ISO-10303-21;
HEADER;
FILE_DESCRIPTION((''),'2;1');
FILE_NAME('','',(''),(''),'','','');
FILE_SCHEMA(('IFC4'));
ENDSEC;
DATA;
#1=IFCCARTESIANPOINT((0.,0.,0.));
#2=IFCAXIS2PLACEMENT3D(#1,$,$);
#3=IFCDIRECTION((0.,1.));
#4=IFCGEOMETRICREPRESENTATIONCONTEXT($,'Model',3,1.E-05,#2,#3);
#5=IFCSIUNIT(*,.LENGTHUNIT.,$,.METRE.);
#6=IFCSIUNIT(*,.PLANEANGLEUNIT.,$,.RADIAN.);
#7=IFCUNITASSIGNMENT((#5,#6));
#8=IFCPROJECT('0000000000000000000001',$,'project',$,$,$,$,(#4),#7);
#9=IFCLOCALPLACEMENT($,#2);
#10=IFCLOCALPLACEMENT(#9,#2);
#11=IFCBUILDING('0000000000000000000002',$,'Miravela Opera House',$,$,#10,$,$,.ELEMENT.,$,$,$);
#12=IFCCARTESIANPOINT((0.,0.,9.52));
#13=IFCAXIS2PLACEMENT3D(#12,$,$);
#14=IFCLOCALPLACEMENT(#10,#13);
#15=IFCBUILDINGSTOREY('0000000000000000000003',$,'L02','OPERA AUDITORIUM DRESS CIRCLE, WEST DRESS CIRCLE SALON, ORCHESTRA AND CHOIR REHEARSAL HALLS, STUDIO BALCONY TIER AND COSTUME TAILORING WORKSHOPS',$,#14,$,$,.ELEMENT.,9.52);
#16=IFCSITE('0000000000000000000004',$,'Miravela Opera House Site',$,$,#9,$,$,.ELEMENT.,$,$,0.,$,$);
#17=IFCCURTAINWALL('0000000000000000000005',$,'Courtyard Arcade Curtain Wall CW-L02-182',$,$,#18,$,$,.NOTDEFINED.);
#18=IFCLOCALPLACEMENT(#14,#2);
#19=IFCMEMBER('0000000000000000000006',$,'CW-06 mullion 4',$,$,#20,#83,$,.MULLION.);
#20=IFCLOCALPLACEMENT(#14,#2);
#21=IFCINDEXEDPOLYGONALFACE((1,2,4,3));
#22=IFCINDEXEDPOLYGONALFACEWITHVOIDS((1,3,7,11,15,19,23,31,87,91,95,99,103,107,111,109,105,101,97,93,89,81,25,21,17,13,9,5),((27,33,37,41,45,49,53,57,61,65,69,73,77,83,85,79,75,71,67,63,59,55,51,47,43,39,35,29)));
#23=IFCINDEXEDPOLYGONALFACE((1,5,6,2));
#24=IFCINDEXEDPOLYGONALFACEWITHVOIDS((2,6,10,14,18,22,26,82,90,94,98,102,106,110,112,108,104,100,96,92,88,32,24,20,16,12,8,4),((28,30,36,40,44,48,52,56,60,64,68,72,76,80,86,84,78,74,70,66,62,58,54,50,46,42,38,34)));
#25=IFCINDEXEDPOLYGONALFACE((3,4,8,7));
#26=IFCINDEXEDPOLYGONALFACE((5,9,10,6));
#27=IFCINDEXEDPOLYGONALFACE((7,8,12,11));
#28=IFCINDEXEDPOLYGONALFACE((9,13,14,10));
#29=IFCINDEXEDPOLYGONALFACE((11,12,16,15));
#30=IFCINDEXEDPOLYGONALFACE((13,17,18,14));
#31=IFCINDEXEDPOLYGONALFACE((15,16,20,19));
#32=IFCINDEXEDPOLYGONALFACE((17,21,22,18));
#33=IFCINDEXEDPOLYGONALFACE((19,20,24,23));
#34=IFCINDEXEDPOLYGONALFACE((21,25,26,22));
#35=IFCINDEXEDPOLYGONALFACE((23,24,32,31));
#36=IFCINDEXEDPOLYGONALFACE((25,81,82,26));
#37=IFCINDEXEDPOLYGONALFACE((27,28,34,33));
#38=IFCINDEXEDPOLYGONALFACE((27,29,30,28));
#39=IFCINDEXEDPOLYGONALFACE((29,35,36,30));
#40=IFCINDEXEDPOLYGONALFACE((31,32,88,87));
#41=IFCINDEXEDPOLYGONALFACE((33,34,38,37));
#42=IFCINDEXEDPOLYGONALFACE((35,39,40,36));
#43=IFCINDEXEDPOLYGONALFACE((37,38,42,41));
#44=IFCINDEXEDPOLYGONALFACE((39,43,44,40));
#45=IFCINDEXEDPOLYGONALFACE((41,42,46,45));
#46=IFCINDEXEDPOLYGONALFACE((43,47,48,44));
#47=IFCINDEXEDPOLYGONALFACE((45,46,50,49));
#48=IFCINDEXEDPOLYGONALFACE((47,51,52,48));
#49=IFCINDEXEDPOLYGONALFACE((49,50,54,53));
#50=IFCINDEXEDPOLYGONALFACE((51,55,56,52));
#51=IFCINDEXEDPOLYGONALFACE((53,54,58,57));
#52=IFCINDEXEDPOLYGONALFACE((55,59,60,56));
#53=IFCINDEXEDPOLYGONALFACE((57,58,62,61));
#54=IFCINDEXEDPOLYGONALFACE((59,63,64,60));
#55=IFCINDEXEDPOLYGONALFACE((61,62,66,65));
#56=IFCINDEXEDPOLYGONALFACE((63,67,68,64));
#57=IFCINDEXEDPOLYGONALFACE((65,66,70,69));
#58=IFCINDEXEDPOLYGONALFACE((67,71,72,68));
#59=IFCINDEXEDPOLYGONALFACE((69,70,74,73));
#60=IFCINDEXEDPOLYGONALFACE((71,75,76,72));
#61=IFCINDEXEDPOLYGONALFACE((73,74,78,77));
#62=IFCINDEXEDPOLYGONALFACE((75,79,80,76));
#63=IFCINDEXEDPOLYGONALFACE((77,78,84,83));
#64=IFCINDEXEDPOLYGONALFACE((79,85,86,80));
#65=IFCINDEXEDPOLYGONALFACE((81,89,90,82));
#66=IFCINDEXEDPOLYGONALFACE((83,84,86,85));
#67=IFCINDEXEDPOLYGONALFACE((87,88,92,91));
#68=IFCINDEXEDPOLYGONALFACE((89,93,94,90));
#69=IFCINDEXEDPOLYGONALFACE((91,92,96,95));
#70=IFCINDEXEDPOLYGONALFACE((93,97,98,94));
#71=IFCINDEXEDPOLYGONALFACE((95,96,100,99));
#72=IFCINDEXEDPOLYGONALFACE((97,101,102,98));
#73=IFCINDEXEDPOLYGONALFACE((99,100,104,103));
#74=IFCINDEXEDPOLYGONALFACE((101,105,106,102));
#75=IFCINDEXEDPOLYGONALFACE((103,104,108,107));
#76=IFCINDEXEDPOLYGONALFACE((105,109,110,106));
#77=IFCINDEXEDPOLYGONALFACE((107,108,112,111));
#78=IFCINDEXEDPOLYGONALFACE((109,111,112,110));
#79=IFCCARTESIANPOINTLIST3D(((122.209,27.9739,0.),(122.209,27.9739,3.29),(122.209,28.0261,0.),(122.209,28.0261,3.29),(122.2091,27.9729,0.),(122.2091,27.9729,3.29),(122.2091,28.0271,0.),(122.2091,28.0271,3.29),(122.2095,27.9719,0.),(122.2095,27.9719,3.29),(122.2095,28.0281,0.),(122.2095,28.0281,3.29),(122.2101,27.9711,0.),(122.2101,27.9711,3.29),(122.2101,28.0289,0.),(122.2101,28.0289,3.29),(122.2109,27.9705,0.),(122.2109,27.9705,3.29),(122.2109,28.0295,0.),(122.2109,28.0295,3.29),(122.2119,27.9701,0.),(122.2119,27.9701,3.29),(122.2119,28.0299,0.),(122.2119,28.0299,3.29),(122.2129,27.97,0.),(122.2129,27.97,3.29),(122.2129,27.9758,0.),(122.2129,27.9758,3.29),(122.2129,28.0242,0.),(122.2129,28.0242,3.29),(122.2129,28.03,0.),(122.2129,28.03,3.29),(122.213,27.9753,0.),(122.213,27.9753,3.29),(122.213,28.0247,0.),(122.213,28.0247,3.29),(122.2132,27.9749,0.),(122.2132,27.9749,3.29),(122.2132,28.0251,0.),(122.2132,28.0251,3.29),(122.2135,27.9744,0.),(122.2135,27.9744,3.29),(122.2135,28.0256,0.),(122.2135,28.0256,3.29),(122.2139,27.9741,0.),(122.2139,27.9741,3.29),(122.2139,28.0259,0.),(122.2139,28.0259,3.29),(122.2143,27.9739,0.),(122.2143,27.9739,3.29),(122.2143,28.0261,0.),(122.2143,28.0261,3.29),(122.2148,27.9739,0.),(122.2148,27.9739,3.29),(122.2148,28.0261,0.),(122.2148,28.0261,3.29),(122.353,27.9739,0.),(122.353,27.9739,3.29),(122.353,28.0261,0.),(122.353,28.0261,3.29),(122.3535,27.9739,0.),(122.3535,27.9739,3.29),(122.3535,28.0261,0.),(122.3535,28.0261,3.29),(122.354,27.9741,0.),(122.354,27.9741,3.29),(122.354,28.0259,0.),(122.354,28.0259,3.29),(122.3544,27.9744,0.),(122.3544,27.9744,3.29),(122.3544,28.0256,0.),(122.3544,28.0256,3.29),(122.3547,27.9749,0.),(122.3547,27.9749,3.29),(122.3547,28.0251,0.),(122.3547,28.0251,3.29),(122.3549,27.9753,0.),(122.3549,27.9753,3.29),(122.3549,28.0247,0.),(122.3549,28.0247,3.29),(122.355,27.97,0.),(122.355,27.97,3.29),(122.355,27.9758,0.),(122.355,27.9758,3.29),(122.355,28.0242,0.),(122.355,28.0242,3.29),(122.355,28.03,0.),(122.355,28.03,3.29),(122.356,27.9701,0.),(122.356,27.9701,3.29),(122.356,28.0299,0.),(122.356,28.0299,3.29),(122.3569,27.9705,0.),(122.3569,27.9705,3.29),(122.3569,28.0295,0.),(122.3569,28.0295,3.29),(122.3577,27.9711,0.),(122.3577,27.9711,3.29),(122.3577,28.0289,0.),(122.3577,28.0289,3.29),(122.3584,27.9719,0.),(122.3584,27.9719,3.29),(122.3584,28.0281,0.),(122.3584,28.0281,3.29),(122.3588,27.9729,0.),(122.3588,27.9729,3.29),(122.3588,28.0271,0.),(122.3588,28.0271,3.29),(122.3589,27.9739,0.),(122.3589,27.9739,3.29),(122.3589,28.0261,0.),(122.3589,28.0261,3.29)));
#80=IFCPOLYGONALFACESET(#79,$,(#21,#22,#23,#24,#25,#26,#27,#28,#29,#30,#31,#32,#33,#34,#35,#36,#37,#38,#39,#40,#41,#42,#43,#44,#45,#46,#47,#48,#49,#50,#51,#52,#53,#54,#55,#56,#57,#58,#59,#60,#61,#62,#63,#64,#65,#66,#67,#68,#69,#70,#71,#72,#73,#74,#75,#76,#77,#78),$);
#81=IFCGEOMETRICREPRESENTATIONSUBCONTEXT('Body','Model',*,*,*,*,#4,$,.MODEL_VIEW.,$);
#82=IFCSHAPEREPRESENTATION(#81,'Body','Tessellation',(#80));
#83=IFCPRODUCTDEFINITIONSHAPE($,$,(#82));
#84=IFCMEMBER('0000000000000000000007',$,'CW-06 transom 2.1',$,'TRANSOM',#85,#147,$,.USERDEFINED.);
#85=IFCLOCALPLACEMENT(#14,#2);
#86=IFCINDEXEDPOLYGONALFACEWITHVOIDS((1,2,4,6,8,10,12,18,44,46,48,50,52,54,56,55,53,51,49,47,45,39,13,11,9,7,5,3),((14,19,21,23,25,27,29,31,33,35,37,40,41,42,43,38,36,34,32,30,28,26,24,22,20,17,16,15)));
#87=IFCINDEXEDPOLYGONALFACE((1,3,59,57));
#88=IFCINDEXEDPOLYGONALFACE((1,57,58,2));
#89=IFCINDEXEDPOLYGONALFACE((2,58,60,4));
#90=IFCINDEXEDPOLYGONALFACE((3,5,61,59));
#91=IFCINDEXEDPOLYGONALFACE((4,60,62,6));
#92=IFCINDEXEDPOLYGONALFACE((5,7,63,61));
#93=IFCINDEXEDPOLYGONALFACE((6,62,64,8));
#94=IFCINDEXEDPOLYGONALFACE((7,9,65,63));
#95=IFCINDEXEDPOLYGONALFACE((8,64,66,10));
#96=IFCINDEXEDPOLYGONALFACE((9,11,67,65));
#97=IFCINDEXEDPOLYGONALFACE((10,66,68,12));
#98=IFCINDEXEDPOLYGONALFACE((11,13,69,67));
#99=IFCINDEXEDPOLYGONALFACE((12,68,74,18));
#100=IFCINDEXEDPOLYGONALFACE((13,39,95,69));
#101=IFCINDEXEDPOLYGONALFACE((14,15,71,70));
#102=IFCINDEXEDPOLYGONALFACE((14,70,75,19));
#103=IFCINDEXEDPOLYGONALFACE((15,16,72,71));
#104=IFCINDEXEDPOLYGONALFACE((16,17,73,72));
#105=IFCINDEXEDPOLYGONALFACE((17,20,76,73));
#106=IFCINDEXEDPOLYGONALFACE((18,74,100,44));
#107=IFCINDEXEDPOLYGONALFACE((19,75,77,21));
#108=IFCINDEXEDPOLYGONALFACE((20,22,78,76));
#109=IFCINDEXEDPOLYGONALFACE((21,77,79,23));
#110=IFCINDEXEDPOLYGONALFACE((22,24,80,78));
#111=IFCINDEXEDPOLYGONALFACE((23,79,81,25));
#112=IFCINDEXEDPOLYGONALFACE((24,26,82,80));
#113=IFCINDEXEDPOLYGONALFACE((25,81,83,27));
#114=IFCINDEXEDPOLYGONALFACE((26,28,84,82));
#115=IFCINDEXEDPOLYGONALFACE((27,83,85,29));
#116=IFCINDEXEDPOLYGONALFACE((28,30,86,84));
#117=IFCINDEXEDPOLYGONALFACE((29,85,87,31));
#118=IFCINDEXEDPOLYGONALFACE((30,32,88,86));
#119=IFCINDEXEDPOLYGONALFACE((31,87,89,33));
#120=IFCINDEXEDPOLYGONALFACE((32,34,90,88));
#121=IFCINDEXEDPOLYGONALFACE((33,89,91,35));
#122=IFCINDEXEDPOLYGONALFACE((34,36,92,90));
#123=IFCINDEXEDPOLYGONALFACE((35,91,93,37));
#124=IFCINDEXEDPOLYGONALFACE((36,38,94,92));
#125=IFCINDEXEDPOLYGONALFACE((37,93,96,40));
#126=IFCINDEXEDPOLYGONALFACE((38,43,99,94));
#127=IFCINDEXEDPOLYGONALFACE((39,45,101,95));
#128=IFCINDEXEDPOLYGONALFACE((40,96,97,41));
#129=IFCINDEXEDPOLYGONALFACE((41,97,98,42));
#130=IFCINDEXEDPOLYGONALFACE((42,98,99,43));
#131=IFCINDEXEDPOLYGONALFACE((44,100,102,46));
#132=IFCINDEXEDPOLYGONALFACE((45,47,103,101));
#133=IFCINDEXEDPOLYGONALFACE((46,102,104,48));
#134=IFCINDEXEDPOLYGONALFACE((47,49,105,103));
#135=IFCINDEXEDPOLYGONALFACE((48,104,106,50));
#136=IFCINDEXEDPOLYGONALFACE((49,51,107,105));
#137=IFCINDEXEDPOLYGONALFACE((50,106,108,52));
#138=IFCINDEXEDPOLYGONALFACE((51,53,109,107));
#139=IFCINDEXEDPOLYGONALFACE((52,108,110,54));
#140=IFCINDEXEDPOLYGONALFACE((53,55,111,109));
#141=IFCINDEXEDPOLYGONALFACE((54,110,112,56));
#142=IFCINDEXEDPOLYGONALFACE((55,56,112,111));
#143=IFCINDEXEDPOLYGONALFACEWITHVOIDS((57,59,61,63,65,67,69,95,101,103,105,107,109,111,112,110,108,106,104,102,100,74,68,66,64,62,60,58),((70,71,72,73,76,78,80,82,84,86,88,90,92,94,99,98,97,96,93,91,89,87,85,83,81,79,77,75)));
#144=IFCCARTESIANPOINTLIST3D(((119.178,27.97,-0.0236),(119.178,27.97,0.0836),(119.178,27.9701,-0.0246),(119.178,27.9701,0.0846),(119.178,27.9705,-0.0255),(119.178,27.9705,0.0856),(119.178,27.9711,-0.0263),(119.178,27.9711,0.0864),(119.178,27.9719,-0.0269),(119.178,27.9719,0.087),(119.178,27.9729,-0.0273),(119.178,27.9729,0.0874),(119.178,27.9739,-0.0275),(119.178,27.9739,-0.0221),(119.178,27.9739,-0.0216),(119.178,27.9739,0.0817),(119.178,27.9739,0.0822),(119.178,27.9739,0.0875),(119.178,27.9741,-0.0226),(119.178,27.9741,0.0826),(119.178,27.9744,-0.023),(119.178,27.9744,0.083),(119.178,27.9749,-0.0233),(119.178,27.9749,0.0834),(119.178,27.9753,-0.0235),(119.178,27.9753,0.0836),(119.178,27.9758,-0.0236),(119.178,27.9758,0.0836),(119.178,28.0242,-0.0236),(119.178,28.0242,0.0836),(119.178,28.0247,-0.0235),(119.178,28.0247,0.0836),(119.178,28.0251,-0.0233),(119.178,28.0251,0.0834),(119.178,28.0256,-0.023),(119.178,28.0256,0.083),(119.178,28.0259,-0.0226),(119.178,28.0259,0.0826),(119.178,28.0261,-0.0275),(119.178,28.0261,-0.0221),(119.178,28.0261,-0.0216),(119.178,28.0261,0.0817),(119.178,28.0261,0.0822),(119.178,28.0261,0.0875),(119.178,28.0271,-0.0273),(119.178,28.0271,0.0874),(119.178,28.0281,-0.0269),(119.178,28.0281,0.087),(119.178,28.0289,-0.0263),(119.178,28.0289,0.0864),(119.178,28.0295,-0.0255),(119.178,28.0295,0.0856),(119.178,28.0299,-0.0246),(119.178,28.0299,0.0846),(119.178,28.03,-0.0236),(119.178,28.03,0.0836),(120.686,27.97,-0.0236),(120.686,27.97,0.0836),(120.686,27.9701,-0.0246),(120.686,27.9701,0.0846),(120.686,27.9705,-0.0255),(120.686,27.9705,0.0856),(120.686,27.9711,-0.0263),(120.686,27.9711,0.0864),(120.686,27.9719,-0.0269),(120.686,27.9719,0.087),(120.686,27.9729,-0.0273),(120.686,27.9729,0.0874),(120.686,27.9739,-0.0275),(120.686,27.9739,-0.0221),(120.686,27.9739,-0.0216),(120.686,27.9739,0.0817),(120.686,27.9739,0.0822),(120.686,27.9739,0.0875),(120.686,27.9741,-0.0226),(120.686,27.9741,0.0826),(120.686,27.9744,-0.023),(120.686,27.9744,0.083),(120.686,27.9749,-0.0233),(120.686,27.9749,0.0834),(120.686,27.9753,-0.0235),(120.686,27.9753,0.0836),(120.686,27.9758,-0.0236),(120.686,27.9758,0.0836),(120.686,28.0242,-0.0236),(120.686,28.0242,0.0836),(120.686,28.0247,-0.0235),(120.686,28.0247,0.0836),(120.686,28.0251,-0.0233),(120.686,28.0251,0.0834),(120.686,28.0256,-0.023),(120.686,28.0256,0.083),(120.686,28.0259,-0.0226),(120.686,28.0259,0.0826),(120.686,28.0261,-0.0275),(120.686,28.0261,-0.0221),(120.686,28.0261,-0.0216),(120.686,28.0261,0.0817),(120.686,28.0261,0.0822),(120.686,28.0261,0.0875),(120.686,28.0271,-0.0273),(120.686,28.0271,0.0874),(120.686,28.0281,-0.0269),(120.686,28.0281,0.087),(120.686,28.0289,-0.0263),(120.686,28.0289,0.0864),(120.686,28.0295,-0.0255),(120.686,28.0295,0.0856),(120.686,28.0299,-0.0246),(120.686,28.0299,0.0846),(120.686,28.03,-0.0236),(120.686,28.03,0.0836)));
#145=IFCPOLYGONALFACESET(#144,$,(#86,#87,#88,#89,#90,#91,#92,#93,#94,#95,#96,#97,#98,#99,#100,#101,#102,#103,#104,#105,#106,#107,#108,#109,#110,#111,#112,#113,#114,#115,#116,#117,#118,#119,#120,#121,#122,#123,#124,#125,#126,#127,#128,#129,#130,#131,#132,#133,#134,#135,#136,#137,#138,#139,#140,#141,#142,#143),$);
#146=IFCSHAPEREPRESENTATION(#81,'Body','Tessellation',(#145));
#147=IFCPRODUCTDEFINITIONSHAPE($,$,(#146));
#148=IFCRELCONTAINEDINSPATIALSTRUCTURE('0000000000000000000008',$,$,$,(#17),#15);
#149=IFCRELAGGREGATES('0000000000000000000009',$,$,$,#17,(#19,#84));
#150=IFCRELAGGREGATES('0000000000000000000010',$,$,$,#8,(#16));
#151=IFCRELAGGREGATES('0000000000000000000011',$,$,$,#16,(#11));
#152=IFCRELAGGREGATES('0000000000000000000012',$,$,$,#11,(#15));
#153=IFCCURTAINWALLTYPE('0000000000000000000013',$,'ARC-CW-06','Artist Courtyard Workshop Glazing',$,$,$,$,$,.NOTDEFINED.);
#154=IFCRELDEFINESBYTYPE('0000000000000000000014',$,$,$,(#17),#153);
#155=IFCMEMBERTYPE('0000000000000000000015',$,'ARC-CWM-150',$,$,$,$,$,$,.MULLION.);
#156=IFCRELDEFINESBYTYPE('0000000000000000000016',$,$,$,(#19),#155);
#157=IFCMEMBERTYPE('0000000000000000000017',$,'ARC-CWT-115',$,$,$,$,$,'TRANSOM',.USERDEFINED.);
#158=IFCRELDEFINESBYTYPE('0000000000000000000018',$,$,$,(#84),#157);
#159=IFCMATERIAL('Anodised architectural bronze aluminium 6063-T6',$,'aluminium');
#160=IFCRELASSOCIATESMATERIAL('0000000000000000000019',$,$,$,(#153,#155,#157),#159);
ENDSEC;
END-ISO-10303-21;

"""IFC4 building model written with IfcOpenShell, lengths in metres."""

from ifc_helpers import new_model, si_unit, direction, frame, origin, origin_2d, place, context, subcontext, project, spatial, hollow_rectangle, extrude, material, material_profile, profile_set, type_object, element, aggregate, save


model = new_model("IFC4")

# Units and contexts
model_context = context("Model", 3, precision=1e-05, world=origin(), true_north=direction((0.0, 1.0)))
body_context = subcontext(model_context, "Body", "Model", "MODEL_VIEW")
ifc_project = project(units=[si_unit("LENGTHUNIT", "METRE"), si_unit("PLANEANGLEUNIT", "RADIAN")], contexts=[model_context])

# Site, building, storey
site_placement = place(None, origin())
site = spatial("IfcSite", under=ifc_project, at=site_placement, Name="Miravela Opera House Site", CompositionType="ELEMENT", RefElevation=0.0)
building_placement = place(site_placement, origin())
building = spatial("IfcBuilding", under=site, at=building_placement, Name="Miravela Opera House", CompositionType="ELEMENT")
storey_placement = place(building_placement, frame((0.0, 0.0, 9.52)))
storey = spatial("IfcBuildingStorey", under=building, at=storey_placement, Name="L02", Description="OPERA AUDITORIUM DRESS CIRCLE, WEST DRESS CIRCLE SALON, ORCHESTRA AND CHOIR REHEARSAL HALLS, STUDIO BALCONY TIER AND COSTUME TAILORING WORKSHOPS", CompositionType="ELEMENT", Elevation=9.52)

# Curtain wall, members
ifc_material_1 = material(Name="Anodised architectural bronze aluminium 6063-T6", Category="aluminium")
curtain_wall_type = type_object("IfcCurtainWallType", Name="ARC-CW-06", Description="Artist Courtyard Workshop Glazing", PredefinedType="NOTDEFINED", material=ifc_material_1)
curtain_wall_placement = place(storey_placement, origin())
curtain_wall = element("IfcCurtainWall", 1, at=curtain_wall_placement, inside=storey, type_object=curtain_wall_type, Name="Courtyard Arcade Curtain Wall CW-L02-182", PredefinedType="NOTDEFINED")
ifc_material_profile_1 = material_profile(ifc_material_1, hollow_rectangle(XDim=0.0601, YDim=0.1499, WallThickness=0.0039, InnerFilletRadius=0.002, OuterFilletRadius=0.0039, at=origin_2d()), Name="CWM-60X150")
ifc_profile_set_1 = profile_set([ifc_material_profile_1])
member_type_1 = type_object("IfcMemberType", Name="ARC-CWM-150", PredefinedType="MULLION", material=ifc_profile_set_1)
member_1_placement = place(storey_placement, frame((122.2839, 28.0, 0.0), z_axis=(0.0, 0.0, 1.0), x_axis=(0.0, 1.0, 0.0)))
member_1 = element("IfcMember", 2, at=member_1_placement, type_object=member_type_1, Name="CW-06 mullion 4", PredefinedType="MULLION", context=body_context, shape_type="SweptSolid", body=[
    extrude(hollow_rectangle(XDim=0.0601, YDim=0.1499, WallThickness=0.0039, InnerFilletRadius=0.002, OuterFilletRadius=0.0039, at=origin_2d()), origin(), (0.0, 0.0, 1.0), 3.29),
])
ifc_material_profile_2 = material_profile(ifc_material_1, hollow_rectangle(XDim=0.0601, YDim=0.115, WallThickness=0.0039, InnerFilletRadius=0.002, OuterFilletRadius=0.0039, at=origin_2d()), Name="CWT-60X115")
ifc_profile_set_2 = profile_set([ifc_material_profile_2])
member_type_2 = type_object("IfcMemberType", Name="ARC-CWT-115", ElementType="TRANSOM", PredefinedType="USERDEFINED", material=ifc_profile_set_2)
member_2_placement = place(storey_placement, frame((119.178, 28.0, 0.03), z_axis=(1.0, 0.0, 0.0), x_axis=(0.0, 1.0, 0.0)))
member_2 = element("IfcMember", 3, at=member_2_placement, type_object=member_type_2, Name="CW-06 transom 2.1", ObjectType="TRANSOM", PredefinedType="USERDEFINED", context=body_context, shape_type="SweptSolid", body=[
    extrude(hollow_rectangle(XDim=0.0601, YDim=0.115, WallThickness=0.0039, InnerFilletRadius=0.002, OuterFilletRadius=0.0039, at=origin_2d()), origin(), (0.0, 0.0, 1.0), 1.5081),
])
aggregate(curtain_wall, [member_1, member_2])

save(model, "model.ifc")
